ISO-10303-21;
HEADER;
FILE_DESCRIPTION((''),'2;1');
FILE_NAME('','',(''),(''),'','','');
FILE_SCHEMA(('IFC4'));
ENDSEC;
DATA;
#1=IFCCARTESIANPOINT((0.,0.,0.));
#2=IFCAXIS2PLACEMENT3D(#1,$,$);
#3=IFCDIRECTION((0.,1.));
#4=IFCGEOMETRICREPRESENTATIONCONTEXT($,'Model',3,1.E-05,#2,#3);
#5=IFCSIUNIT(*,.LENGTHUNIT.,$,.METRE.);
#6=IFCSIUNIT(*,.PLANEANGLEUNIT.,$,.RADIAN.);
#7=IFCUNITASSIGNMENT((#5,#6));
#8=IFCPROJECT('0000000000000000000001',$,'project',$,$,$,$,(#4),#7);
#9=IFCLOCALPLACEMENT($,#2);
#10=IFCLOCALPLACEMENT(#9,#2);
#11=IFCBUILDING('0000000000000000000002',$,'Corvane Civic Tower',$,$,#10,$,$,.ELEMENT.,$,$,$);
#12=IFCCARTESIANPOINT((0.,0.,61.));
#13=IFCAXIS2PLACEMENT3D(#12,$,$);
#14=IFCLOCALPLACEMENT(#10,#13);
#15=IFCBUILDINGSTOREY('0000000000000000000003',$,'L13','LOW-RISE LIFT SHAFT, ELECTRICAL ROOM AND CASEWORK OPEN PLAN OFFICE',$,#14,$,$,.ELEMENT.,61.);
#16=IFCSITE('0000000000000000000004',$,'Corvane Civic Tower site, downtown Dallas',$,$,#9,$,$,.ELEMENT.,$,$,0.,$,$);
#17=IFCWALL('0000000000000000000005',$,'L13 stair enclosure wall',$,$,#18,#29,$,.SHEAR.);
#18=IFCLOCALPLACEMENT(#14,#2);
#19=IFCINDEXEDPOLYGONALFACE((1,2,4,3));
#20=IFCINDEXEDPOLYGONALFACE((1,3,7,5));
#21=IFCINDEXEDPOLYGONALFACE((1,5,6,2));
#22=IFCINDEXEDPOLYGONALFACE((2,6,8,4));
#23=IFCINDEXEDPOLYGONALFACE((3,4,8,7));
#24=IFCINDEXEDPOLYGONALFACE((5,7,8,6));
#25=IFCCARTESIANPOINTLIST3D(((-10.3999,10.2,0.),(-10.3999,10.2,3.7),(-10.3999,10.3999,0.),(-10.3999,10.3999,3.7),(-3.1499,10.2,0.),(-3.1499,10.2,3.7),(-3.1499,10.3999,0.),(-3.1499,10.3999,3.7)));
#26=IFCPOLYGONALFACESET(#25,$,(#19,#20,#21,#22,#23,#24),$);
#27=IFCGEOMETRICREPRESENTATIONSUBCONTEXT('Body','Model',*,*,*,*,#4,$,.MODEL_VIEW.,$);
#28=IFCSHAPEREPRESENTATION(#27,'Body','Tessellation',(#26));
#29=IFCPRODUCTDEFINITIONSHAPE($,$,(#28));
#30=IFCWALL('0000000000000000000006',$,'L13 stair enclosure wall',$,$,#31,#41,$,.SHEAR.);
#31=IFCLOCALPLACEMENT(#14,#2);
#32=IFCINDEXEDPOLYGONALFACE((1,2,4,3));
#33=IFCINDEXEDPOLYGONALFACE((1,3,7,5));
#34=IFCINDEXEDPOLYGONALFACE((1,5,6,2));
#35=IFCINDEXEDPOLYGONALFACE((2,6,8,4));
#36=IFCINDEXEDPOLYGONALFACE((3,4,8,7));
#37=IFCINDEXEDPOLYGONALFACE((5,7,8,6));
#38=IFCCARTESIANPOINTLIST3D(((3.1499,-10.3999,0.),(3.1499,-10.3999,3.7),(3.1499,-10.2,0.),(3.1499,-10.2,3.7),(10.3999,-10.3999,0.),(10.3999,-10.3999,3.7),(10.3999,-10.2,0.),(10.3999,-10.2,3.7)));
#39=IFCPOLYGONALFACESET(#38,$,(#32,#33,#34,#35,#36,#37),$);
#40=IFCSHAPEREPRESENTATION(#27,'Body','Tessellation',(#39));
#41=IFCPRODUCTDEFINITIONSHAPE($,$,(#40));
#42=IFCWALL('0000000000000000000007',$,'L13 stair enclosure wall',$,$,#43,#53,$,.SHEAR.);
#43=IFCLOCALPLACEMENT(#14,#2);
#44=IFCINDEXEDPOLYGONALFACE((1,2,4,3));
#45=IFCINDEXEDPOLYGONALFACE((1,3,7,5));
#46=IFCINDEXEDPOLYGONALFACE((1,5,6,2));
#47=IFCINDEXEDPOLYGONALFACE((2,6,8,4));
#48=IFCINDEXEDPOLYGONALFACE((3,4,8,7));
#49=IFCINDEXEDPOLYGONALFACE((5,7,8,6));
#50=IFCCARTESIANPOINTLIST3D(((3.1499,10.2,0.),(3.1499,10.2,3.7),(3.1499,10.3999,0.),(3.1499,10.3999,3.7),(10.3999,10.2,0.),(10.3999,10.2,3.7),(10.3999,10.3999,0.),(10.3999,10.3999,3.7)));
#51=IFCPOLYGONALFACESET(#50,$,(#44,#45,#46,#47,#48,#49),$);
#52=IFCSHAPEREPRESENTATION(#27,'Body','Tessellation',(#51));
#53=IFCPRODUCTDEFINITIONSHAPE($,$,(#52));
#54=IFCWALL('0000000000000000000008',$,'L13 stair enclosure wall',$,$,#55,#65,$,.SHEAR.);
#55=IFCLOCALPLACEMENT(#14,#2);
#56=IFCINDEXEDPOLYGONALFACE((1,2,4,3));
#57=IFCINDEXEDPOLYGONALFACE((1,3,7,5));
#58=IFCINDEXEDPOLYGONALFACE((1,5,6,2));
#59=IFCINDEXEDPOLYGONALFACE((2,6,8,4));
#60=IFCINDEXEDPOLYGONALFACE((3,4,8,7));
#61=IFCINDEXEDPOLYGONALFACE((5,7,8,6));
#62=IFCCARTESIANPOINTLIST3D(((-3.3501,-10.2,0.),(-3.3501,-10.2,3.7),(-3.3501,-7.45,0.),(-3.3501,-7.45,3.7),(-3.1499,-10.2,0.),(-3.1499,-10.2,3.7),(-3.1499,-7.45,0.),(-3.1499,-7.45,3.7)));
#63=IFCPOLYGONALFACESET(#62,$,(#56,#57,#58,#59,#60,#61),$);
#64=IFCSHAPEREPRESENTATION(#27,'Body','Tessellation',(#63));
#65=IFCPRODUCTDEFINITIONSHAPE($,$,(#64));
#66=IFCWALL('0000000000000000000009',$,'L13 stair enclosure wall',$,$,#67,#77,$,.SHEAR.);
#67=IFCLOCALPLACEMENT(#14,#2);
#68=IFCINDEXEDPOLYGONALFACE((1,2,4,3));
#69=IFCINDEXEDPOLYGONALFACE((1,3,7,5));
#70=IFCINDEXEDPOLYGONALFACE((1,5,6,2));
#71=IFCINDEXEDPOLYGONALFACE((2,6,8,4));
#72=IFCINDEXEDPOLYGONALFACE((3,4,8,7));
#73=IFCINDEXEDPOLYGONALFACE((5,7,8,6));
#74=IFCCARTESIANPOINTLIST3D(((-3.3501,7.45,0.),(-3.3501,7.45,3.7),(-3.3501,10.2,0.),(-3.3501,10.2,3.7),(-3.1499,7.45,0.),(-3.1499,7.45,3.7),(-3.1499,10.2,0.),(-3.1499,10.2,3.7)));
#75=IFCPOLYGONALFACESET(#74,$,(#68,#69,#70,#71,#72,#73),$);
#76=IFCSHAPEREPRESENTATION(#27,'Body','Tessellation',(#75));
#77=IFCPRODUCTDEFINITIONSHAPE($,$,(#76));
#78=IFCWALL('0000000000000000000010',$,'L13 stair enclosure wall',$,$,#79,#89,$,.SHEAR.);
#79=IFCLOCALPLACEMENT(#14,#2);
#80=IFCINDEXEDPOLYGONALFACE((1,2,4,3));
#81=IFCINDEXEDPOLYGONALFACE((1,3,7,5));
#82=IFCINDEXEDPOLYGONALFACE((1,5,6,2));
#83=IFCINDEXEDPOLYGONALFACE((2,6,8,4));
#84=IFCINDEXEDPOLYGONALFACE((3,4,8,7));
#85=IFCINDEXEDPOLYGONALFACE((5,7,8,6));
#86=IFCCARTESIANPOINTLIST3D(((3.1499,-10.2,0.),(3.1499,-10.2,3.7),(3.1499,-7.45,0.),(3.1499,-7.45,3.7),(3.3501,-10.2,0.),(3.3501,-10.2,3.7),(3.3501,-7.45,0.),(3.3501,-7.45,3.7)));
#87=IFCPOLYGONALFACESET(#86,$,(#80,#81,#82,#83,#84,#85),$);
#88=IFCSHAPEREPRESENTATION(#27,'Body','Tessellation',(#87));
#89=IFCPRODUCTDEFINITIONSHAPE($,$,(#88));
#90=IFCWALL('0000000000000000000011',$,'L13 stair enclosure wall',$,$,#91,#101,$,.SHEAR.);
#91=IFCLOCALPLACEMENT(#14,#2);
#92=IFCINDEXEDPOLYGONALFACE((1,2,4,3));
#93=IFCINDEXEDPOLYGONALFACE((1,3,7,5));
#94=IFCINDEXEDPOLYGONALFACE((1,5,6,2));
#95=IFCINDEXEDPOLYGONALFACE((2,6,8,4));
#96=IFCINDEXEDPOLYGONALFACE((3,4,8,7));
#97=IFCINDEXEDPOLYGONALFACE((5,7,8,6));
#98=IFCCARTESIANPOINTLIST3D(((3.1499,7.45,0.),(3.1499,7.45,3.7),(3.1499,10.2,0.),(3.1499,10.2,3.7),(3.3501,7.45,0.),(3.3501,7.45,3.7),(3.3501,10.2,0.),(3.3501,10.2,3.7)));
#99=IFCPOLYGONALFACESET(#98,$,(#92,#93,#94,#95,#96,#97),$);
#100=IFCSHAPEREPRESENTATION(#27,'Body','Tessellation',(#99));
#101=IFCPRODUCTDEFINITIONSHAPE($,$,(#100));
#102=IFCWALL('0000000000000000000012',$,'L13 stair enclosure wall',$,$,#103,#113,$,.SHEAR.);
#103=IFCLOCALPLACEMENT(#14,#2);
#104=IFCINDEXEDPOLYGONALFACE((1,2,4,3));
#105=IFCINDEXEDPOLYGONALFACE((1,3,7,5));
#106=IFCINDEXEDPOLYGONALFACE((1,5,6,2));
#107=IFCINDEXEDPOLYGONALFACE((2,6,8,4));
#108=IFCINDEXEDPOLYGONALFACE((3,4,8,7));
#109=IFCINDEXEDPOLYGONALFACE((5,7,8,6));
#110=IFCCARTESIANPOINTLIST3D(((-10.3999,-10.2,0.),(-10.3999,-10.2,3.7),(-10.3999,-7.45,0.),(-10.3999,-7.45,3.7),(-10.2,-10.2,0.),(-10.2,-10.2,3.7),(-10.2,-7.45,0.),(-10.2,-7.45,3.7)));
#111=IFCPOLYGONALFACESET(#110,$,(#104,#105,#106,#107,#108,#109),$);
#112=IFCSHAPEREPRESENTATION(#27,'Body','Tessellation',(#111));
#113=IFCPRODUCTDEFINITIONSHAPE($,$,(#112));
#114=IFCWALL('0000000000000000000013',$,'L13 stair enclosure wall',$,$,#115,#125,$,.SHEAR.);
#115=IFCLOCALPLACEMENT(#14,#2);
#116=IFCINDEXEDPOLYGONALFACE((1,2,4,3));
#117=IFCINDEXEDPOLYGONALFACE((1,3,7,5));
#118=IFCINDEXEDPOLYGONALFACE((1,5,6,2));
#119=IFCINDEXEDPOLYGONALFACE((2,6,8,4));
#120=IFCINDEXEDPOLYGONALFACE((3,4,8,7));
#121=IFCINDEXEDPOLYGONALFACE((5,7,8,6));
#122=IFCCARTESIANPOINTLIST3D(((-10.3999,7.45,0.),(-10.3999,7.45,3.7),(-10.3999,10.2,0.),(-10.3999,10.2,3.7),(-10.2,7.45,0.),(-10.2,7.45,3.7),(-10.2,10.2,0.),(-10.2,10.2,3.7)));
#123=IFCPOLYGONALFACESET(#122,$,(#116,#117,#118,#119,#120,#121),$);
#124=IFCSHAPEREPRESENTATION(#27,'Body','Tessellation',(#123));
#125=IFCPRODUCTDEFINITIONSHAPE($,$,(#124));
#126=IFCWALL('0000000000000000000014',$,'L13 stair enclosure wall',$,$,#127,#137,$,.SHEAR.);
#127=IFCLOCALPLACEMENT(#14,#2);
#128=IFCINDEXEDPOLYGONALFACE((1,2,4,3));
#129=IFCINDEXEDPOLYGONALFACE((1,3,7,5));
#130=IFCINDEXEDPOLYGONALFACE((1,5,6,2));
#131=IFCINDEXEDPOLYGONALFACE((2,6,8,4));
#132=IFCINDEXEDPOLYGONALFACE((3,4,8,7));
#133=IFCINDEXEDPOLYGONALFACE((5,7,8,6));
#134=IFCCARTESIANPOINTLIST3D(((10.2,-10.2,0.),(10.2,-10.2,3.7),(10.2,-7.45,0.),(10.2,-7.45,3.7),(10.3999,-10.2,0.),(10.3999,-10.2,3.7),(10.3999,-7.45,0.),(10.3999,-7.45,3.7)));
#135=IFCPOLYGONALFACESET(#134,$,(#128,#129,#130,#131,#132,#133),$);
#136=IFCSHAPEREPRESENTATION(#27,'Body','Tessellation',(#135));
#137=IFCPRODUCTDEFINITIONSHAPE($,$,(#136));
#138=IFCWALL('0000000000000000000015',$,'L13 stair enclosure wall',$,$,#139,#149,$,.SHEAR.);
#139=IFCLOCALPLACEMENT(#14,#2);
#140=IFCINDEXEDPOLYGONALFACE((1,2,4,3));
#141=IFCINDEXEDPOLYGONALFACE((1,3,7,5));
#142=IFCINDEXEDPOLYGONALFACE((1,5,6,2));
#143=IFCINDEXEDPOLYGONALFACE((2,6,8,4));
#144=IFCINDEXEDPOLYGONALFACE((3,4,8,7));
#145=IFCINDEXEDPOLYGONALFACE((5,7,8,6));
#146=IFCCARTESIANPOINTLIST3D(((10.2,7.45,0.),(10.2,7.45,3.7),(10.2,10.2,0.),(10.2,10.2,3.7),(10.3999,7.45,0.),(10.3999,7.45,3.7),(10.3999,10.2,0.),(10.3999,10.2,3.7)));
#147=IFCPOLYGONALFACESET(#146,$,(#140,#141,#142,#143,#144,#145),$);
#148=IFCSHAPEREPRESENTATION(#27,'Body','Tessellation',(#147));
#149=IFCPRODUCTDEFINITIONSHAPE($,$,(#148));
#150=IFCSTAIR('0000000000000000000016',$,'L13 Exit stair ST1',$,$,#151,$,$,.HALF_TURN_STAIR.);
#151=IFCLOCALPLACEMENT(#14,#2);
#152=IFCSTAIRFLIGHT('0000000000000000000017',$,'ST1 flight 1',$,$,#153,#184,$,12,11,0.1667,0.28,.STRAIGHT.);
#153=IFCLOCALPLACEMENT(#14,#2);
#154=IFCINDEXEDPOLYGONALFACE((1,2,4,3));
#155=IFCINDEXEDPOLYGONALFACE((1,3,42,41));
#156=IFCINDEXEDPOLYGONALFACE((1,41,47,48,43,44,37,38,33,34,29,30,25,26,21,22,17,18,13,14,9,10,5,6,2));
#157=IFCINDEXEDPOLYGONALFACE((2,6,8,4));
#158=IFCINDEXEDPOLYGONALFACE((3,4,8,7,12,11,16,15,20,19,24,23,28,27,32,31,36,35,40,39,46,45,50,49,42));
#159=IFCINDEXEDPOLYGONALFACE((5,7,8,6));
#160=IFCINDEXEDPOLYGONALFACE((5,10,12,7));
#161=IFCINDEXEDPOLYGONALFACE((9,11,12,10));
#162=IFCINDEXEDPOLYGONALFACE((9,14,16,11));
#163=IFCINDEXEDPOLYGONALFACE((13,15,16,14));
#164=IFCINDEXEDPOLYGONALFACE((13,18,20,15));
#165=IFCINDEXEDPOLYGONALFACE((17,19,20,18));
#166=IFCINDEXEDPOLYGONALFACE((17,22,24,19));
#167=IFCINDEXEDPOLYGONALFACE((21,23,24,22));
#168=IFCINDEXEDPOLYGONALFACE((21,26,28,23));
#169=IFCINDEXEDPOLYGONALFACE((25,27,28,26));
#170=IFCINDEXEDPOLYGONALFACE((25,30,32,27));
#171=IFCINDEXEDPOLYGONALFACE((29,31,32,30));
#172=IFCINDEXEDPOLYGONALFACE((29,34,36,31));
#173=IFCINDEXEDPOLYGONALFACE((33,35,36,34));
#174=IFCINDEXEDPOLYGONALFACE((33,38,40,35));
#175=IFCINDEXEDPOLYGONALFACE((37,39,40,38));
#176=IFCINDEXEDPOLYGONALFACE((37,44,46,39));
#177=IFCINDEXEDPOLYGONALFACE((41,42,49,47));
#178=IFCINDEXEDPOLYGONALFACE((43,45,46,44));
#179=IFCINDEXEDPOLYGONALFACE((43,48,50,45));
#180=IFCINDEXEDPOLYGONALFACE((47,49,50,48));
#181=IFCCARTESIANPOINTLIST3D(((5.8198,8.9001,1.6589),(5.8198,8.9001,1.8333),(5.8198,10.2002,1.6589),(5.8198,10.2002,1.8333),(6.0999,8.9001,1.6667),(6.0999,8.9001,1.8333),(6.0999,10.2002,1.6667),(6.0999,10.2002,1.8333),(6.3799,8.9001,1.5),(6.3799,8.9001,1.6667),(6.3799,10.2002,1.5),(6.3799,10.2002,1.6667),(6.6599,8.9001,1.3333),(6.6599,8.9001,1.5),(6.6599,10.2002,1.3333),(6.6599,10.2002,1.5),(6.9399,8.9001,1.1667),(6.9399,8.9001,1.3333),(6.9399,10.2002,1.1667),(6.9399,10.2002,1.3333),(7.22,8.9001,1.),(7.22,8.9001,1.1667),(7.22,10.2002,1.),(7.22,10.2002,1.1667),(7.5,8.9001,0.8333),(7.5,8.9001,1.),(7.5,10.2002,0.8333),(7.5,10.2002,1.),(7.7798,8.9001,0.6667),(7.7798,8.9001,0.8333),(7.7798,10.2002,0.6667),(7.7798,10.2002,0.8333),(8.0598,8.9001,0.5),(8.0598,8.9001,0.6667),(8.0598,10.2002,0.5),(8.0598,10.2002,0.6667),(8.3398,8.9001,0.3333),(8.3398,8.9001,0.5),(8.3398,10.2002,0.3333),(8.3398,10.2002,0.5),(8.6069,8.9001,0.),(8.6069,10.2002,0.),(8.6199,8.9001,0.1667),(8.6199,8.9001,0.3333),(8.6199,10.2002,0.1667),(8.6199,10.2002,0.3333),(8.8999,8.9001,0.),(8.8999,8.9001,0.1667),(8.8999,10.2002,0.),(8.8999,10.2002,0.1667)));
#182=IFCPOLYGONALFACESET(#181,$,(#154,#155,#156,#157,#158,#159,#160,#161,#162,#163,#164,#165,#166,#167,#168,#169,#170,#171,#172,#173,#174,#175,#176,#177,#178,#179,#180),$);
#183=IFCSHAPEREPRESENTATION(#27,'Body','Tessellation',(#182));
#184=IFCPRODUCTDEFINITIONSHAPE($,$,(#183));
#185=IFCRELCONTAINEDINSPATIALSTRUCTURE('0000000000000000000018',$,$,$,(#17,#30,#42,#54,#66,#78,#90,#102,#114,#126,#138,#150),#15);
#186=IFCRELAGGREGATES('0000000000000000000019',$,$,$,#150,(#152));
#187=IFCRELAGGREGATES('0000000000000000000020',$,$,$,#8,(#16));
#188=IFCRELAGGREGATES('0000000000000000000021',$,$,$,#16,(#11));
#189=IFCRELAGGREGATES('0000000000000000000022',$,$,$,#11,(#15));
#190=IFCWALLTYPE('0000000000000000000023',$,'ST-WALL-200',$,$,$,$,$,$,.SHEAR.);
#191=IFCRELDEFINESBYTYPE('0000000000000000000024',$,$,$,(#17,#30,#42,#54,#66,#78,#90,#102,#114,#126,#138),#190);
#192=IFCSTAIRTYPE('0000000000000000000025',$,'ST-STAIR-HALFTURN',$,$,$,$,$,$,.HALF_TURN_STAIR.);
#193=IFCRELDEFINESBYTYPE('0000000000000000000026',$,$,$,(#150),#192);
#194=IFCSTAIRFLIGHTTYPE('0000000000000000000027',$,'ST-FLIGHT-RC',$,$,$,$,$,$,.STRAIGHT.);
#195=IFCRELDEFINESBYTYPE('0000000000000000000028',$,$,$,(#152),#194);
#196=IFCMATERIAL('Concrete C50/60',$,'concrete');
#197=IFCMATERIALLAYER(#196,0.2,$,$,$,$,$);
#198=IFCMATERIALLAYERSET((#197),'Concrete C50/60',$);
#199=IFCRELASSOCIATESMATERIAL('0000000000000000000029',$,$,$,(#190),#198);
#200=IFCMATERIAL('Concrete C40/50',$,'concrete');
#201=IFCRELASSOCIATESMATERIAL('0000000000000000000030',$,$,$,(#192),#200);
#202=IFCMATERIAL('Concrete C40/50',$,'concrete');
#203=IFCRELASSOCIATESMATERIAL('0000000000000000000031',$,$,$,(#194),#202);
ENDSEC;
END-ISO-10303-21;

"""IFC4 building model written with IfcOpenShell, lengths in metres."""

from ifc_helpers import new_model, si_unit, direction, frame, origin, place, context, subcontext, project, spatial, polyline, outline, extrude, material, layer, layer_set, type_object, element, aggregate, save


model = new_model("IFC4")

# Units and contexts
model_context = context("Model", 3, precision=1e-05, world=origin(), true_north=direction((0.0, 1.0)))
body_context = subcontext(model_context, "Body", "Model", "MODEL_VIEW")
ifc_project = project(units=[si_unit("LENGTHUNIT", "METRE"), si_unit("PLANEANGLEUNIT", "RADIAN")], contexts=[model_context])

# Site, building, storey
site_placement = place(None, origin())
site = spatial("IfcSite", under=ifc_project, at=site_placement, Name="Corvane Civic Tower site, downtown Dallas", CompositionType="ELEMENT", RefElevation=0.0)
building_placement = place(site_placement, origin())
building = spatial("IfcBuilding", under=site, at=building_placement, Name="Corvane Civic Tower", CompositionType="ELEMENT")
storey_placement = place(building_placement, frame((0.0, 0.0, 61.0)))
storey = spatial("IfcBuildingStorey", under=building, at=storey_placement, Name="L13", Description="LOW-RISE LIFT SHAFT, ELECTRICAL ROOM AND CASEWORK OPEN PLAN OFFICE", CompositionType="ELEMENT", Elevation=61.0)

# Shared definitions
ifc_material_1 = material(Name="Concrete C50/60", Category="concrete")
ifc_layer_1 = layer(ifc_material_1, 0.2)
ifc_layer_set_1 = layer_set([ifc_layer_1], Name="Concrete C50/60")
wall_type_1 = type_object("IfcWallType", Name="ST-WALL-200", PredefinedType="SHEAR", material=ifc_layer_set_1)

# Walls
wall_1_placement = place(storey_placement, origin())
element("IfcWall", 1, at=wall_1_placement, inside=storey, type_object=wall_type_1, Name="L13 stair enclosure wall", PredefinedType="SHEAR", context=body_context, shape_type="SweptSolid", body=[
    extrude(outline(polyline([(-3.1499, 10.2), (-10.3999, 10.2), (-10.3999, 10.3999), (-3.1499, 10.3999), (-3.1499, 10.2)])), origin(), (0.0, 0.0, 1.0), 3.7),
])
wall_2_placement = place(storey_placement, origin())
element("IfcWall", 2, at=wall_2_placement, inside=storey, type_object=wall_type_1, Name="L13 stair enclosure wall", PredefinedType="SHEAR", context=body_context, shape_type="SweptSolid", body=[
    extrude(outline(polyline([(10.3999, -10.3999), (3.1499, -10.3999), (3.1499, -10.2), (10.3999, -10.2), (10.3999, -10.3999)])), origin(), (0.0, 0.0, 1.0), 3.7),
])
wall_3_placement = place(storey_placement, origin())
element("IfcWall", 3, at=wall_3_placement, inside=storey, type_object=wall_type_1, Name="L13 stair enclosure wall", PredefinedType="SHEAR", context=body_context, shape_type="SweptSolid", body=[
    extrude(outline(polyline([(10.3999, 10.2), (3.1499, 10.2), (3.1499, 10.3999), (10.3999, 10.3999), (10.3999, 10.2)])), origin(), (0.0, 0.0, 1.0), 3.7),
])
wall_4_placement = place(storey_placement, origin())
element("IfcWall", 4, at=wall_4_placement, inside=storey, type_object=wall_type_1, Name="L13 stair enclosure wall", PredefinedType="SHEAR", context=body_context, shape_type="SweptSolid", body=[
    extrude(outline(polyline([(-3.1499, -7.45), (-3.1499, -10.2), (-3.3501, -10.2), (-3.3501, -7.45), (-3.1499, -7.45)])), origin(), (0.0, 0.0, 1.0), 3.7),
])
wall_5_placement = place(storey_placement, origin())
element("IfcWall", 5, at=wall_5_placement, inside=storey, type_object=wall_type_1, Name="L13 stair enclosure wall", PredefinedType="SHEAR", context=body_context, shape_type="SweptSolid", body=[
    extrude(outline(polyline([(-3.1499, 7.45), (-3.3501, 7.45), (-3.3501, 10.2), (-3.1499, 10.2), (-3.1499, 7.45)])), origin(), (0.0, 0.0, 1.0), 3.7),
])
wall_6_placement = place(storey_placement, origin())
element("IfcWall", 6, at=wall_6_placement, inside=storey, type_object=wall_type_1, Name="L13 stair enclosure wall", PredefinedType="SHEAR", context=body_context, shape_type="SweptSolid", body=[
    extrude(outline(polyline([(3.3501, -7.45), (3.3501, -10.2), (3.1499, -10.2), (3.1499, -7.45), (3.3501, -7.45)])), origin(), (0.0, 0.0, 1.0), 3.7),
])
wall_7_placement = place(storey_placement, origin())
element("IfcWall", 7, at=wall_7_placement, inside=storey, type_object=wall_type_1, Name="L13 stair enclosure wall", PredefinedType="SHEAR", context=body_context, shape_type="SweptSolid", body=[
    extrude(outline(polyline([(3.3501, 7.45), (3.1499, 7.45), (3.1499, 10.2), (3.3501, 10.2), (3.3501, 7.45)])), origin(), (0.0, 0.0, 1.0), 3.7),
])
wall_8_placement = place(storey_placement, origin())
element("IfcWall", 8, at=wall_8_placement, inside=storey, type_object=wall_type_1, Name="L13 stair enclosure wall", PredefinedType="SHEAR", context=body_context, shape_type="SweptSolid", body=[
    extrude(outline(polyline([(-10.2, -7.45), (-10.2, -10.2), (-10.3999, -10.2), (-10.3999, -7.45), (-10.2, -7.45)])), origin(), (0.0, 0.0, 1.0), 3.7),
])
wall_9_placement = place(storey_placement, origin())
element("IfcWall", 9, at=wall_9_placement, inside=storey, type_object=wall_type_1, Name="L13 stair enclosure wall", PredefinedType="SHEAR", context=body_context, shape_type="SweptSolid", body=[
    extrude(outline(polyline([(-10.2, 7.45), (-10.3999, 7.45), (-10.3999, 10.2), (-10.2, 10.2), (-10.2, 7.45)])), origin(), (0.0, 0.0, 1.0), 3.7),
])
wall_10_placement = place(storey_placement, origin())
element("IfcWall", 10, at=wall_10_placement, inside=storey, type_object=wall_type_1, Name="L13 stair enclosure wall", PredefinedType="SHEAR", context=body_context, shape_type="SweptSolid", body=[
    extrude(outline(polyline([(10.3999, -7.45), (10.3999, -10.2), (10.2, -10.2), (10.2, -7.45), (10.3999, -7.45)])), origin(), (0.0, 0.0, 1.0), 3.7),
])
wall_11_placement = place(storey_placement, origin())
element("IfcWall", 11, at=wall_11_placement, inside=storey, type_object=wall_type_1, Name="L13 stair enclosure wall", PredefinedType="SHEAR", context=body_context, shape_type="SweptSolid", body=[
    extrude(outline(polyline([(10.3999, 7.45), (10.2, 7.45), (10.2, 10.2), (10.3999, 10.2), (10.3999, 7.45)])), origin(), (0.0, 0.0, 1.0), 3.7),
])

# Stair, stair flight
ifc_material_2 = material(Name="Concrete C40/50", Category="concrete")
stair_type = type_object("IfcStairType", Name="ST-STAIR-HALFTURN", PredefinedType="HALF_TURN_STAIR", material=ifc_material_2)
stair_placement = place(storey_placement, origin())
stair = element("IfcStair", 12, at=stair_placement, inside=storey, type_object=stair_type, Name="L13 Exit stair ST1", PredefinedType="HALF_TURN_STAIR")
ifc_material_3 = material(Name="Concrete C40/50", Category="concrete")
stair_flight_type = type_object("IfcStairFlightType", Name="ST-FLIGHT-RC", PredefinedType="STRAIGHT", material=ifc_material_3)
stair_flight_1_placement = place(storey_placement, frame((8.8999, 9.55, 0.0), z_axis=(0.0, 0.0, 1.0), x_axis=(-1.0, 0.0, 0.0)))
stair_flight_1 = element("IfcStairFlight", 13, at=stair_flight_1_placement, type_object=stair_flight_type, Name="ST1 flight 1", NumberOfRisers=12, NumberOfTreads=11, PredefinedType="STRAIGHT", RiserHeight=0.1667, TreadLength=0.28, context=body_context, shape_type="SweptSolid", body=[
    extrude(outline(polyline([(0.0, 0.0), (0.0, 0.1667), (0.28, 0.1667), (0.28, 0.3333), (0.5601, 0.3333), (0.5601, 0.5), (0.8401, 0.5), (0.8401, 0.6667), (1.1201, 0.6667), (1.1201, 0.8333), (1.3999, 0.8333), (1.3999, 1.0), (1.6799, 1.0), (1.6799, 1.1667), (1.96, 1.1667), (1.96, 1.3333), (2.24, 1.3333), (2.24, 1.5), (2.52, 1.5), (2.52, 1.6667), (2.8, 1.6667), (2.8, 1.8333), (3.0801, 1.8333), (3.0801, 2.0), (3.0801, 1.6589), (0.293, 0.0), (0.0, 0.0)])), frame((0.0, 0.6499, 0.0), z_axis=(0.0, -1.0, 0.0), x_axis=(1.0, 0.0, 0.0)), (0.0, 0.0, 1.0), 1.3),
])
aggregate(stair, [stair_flight_1])

save(model, "model.ifc")
